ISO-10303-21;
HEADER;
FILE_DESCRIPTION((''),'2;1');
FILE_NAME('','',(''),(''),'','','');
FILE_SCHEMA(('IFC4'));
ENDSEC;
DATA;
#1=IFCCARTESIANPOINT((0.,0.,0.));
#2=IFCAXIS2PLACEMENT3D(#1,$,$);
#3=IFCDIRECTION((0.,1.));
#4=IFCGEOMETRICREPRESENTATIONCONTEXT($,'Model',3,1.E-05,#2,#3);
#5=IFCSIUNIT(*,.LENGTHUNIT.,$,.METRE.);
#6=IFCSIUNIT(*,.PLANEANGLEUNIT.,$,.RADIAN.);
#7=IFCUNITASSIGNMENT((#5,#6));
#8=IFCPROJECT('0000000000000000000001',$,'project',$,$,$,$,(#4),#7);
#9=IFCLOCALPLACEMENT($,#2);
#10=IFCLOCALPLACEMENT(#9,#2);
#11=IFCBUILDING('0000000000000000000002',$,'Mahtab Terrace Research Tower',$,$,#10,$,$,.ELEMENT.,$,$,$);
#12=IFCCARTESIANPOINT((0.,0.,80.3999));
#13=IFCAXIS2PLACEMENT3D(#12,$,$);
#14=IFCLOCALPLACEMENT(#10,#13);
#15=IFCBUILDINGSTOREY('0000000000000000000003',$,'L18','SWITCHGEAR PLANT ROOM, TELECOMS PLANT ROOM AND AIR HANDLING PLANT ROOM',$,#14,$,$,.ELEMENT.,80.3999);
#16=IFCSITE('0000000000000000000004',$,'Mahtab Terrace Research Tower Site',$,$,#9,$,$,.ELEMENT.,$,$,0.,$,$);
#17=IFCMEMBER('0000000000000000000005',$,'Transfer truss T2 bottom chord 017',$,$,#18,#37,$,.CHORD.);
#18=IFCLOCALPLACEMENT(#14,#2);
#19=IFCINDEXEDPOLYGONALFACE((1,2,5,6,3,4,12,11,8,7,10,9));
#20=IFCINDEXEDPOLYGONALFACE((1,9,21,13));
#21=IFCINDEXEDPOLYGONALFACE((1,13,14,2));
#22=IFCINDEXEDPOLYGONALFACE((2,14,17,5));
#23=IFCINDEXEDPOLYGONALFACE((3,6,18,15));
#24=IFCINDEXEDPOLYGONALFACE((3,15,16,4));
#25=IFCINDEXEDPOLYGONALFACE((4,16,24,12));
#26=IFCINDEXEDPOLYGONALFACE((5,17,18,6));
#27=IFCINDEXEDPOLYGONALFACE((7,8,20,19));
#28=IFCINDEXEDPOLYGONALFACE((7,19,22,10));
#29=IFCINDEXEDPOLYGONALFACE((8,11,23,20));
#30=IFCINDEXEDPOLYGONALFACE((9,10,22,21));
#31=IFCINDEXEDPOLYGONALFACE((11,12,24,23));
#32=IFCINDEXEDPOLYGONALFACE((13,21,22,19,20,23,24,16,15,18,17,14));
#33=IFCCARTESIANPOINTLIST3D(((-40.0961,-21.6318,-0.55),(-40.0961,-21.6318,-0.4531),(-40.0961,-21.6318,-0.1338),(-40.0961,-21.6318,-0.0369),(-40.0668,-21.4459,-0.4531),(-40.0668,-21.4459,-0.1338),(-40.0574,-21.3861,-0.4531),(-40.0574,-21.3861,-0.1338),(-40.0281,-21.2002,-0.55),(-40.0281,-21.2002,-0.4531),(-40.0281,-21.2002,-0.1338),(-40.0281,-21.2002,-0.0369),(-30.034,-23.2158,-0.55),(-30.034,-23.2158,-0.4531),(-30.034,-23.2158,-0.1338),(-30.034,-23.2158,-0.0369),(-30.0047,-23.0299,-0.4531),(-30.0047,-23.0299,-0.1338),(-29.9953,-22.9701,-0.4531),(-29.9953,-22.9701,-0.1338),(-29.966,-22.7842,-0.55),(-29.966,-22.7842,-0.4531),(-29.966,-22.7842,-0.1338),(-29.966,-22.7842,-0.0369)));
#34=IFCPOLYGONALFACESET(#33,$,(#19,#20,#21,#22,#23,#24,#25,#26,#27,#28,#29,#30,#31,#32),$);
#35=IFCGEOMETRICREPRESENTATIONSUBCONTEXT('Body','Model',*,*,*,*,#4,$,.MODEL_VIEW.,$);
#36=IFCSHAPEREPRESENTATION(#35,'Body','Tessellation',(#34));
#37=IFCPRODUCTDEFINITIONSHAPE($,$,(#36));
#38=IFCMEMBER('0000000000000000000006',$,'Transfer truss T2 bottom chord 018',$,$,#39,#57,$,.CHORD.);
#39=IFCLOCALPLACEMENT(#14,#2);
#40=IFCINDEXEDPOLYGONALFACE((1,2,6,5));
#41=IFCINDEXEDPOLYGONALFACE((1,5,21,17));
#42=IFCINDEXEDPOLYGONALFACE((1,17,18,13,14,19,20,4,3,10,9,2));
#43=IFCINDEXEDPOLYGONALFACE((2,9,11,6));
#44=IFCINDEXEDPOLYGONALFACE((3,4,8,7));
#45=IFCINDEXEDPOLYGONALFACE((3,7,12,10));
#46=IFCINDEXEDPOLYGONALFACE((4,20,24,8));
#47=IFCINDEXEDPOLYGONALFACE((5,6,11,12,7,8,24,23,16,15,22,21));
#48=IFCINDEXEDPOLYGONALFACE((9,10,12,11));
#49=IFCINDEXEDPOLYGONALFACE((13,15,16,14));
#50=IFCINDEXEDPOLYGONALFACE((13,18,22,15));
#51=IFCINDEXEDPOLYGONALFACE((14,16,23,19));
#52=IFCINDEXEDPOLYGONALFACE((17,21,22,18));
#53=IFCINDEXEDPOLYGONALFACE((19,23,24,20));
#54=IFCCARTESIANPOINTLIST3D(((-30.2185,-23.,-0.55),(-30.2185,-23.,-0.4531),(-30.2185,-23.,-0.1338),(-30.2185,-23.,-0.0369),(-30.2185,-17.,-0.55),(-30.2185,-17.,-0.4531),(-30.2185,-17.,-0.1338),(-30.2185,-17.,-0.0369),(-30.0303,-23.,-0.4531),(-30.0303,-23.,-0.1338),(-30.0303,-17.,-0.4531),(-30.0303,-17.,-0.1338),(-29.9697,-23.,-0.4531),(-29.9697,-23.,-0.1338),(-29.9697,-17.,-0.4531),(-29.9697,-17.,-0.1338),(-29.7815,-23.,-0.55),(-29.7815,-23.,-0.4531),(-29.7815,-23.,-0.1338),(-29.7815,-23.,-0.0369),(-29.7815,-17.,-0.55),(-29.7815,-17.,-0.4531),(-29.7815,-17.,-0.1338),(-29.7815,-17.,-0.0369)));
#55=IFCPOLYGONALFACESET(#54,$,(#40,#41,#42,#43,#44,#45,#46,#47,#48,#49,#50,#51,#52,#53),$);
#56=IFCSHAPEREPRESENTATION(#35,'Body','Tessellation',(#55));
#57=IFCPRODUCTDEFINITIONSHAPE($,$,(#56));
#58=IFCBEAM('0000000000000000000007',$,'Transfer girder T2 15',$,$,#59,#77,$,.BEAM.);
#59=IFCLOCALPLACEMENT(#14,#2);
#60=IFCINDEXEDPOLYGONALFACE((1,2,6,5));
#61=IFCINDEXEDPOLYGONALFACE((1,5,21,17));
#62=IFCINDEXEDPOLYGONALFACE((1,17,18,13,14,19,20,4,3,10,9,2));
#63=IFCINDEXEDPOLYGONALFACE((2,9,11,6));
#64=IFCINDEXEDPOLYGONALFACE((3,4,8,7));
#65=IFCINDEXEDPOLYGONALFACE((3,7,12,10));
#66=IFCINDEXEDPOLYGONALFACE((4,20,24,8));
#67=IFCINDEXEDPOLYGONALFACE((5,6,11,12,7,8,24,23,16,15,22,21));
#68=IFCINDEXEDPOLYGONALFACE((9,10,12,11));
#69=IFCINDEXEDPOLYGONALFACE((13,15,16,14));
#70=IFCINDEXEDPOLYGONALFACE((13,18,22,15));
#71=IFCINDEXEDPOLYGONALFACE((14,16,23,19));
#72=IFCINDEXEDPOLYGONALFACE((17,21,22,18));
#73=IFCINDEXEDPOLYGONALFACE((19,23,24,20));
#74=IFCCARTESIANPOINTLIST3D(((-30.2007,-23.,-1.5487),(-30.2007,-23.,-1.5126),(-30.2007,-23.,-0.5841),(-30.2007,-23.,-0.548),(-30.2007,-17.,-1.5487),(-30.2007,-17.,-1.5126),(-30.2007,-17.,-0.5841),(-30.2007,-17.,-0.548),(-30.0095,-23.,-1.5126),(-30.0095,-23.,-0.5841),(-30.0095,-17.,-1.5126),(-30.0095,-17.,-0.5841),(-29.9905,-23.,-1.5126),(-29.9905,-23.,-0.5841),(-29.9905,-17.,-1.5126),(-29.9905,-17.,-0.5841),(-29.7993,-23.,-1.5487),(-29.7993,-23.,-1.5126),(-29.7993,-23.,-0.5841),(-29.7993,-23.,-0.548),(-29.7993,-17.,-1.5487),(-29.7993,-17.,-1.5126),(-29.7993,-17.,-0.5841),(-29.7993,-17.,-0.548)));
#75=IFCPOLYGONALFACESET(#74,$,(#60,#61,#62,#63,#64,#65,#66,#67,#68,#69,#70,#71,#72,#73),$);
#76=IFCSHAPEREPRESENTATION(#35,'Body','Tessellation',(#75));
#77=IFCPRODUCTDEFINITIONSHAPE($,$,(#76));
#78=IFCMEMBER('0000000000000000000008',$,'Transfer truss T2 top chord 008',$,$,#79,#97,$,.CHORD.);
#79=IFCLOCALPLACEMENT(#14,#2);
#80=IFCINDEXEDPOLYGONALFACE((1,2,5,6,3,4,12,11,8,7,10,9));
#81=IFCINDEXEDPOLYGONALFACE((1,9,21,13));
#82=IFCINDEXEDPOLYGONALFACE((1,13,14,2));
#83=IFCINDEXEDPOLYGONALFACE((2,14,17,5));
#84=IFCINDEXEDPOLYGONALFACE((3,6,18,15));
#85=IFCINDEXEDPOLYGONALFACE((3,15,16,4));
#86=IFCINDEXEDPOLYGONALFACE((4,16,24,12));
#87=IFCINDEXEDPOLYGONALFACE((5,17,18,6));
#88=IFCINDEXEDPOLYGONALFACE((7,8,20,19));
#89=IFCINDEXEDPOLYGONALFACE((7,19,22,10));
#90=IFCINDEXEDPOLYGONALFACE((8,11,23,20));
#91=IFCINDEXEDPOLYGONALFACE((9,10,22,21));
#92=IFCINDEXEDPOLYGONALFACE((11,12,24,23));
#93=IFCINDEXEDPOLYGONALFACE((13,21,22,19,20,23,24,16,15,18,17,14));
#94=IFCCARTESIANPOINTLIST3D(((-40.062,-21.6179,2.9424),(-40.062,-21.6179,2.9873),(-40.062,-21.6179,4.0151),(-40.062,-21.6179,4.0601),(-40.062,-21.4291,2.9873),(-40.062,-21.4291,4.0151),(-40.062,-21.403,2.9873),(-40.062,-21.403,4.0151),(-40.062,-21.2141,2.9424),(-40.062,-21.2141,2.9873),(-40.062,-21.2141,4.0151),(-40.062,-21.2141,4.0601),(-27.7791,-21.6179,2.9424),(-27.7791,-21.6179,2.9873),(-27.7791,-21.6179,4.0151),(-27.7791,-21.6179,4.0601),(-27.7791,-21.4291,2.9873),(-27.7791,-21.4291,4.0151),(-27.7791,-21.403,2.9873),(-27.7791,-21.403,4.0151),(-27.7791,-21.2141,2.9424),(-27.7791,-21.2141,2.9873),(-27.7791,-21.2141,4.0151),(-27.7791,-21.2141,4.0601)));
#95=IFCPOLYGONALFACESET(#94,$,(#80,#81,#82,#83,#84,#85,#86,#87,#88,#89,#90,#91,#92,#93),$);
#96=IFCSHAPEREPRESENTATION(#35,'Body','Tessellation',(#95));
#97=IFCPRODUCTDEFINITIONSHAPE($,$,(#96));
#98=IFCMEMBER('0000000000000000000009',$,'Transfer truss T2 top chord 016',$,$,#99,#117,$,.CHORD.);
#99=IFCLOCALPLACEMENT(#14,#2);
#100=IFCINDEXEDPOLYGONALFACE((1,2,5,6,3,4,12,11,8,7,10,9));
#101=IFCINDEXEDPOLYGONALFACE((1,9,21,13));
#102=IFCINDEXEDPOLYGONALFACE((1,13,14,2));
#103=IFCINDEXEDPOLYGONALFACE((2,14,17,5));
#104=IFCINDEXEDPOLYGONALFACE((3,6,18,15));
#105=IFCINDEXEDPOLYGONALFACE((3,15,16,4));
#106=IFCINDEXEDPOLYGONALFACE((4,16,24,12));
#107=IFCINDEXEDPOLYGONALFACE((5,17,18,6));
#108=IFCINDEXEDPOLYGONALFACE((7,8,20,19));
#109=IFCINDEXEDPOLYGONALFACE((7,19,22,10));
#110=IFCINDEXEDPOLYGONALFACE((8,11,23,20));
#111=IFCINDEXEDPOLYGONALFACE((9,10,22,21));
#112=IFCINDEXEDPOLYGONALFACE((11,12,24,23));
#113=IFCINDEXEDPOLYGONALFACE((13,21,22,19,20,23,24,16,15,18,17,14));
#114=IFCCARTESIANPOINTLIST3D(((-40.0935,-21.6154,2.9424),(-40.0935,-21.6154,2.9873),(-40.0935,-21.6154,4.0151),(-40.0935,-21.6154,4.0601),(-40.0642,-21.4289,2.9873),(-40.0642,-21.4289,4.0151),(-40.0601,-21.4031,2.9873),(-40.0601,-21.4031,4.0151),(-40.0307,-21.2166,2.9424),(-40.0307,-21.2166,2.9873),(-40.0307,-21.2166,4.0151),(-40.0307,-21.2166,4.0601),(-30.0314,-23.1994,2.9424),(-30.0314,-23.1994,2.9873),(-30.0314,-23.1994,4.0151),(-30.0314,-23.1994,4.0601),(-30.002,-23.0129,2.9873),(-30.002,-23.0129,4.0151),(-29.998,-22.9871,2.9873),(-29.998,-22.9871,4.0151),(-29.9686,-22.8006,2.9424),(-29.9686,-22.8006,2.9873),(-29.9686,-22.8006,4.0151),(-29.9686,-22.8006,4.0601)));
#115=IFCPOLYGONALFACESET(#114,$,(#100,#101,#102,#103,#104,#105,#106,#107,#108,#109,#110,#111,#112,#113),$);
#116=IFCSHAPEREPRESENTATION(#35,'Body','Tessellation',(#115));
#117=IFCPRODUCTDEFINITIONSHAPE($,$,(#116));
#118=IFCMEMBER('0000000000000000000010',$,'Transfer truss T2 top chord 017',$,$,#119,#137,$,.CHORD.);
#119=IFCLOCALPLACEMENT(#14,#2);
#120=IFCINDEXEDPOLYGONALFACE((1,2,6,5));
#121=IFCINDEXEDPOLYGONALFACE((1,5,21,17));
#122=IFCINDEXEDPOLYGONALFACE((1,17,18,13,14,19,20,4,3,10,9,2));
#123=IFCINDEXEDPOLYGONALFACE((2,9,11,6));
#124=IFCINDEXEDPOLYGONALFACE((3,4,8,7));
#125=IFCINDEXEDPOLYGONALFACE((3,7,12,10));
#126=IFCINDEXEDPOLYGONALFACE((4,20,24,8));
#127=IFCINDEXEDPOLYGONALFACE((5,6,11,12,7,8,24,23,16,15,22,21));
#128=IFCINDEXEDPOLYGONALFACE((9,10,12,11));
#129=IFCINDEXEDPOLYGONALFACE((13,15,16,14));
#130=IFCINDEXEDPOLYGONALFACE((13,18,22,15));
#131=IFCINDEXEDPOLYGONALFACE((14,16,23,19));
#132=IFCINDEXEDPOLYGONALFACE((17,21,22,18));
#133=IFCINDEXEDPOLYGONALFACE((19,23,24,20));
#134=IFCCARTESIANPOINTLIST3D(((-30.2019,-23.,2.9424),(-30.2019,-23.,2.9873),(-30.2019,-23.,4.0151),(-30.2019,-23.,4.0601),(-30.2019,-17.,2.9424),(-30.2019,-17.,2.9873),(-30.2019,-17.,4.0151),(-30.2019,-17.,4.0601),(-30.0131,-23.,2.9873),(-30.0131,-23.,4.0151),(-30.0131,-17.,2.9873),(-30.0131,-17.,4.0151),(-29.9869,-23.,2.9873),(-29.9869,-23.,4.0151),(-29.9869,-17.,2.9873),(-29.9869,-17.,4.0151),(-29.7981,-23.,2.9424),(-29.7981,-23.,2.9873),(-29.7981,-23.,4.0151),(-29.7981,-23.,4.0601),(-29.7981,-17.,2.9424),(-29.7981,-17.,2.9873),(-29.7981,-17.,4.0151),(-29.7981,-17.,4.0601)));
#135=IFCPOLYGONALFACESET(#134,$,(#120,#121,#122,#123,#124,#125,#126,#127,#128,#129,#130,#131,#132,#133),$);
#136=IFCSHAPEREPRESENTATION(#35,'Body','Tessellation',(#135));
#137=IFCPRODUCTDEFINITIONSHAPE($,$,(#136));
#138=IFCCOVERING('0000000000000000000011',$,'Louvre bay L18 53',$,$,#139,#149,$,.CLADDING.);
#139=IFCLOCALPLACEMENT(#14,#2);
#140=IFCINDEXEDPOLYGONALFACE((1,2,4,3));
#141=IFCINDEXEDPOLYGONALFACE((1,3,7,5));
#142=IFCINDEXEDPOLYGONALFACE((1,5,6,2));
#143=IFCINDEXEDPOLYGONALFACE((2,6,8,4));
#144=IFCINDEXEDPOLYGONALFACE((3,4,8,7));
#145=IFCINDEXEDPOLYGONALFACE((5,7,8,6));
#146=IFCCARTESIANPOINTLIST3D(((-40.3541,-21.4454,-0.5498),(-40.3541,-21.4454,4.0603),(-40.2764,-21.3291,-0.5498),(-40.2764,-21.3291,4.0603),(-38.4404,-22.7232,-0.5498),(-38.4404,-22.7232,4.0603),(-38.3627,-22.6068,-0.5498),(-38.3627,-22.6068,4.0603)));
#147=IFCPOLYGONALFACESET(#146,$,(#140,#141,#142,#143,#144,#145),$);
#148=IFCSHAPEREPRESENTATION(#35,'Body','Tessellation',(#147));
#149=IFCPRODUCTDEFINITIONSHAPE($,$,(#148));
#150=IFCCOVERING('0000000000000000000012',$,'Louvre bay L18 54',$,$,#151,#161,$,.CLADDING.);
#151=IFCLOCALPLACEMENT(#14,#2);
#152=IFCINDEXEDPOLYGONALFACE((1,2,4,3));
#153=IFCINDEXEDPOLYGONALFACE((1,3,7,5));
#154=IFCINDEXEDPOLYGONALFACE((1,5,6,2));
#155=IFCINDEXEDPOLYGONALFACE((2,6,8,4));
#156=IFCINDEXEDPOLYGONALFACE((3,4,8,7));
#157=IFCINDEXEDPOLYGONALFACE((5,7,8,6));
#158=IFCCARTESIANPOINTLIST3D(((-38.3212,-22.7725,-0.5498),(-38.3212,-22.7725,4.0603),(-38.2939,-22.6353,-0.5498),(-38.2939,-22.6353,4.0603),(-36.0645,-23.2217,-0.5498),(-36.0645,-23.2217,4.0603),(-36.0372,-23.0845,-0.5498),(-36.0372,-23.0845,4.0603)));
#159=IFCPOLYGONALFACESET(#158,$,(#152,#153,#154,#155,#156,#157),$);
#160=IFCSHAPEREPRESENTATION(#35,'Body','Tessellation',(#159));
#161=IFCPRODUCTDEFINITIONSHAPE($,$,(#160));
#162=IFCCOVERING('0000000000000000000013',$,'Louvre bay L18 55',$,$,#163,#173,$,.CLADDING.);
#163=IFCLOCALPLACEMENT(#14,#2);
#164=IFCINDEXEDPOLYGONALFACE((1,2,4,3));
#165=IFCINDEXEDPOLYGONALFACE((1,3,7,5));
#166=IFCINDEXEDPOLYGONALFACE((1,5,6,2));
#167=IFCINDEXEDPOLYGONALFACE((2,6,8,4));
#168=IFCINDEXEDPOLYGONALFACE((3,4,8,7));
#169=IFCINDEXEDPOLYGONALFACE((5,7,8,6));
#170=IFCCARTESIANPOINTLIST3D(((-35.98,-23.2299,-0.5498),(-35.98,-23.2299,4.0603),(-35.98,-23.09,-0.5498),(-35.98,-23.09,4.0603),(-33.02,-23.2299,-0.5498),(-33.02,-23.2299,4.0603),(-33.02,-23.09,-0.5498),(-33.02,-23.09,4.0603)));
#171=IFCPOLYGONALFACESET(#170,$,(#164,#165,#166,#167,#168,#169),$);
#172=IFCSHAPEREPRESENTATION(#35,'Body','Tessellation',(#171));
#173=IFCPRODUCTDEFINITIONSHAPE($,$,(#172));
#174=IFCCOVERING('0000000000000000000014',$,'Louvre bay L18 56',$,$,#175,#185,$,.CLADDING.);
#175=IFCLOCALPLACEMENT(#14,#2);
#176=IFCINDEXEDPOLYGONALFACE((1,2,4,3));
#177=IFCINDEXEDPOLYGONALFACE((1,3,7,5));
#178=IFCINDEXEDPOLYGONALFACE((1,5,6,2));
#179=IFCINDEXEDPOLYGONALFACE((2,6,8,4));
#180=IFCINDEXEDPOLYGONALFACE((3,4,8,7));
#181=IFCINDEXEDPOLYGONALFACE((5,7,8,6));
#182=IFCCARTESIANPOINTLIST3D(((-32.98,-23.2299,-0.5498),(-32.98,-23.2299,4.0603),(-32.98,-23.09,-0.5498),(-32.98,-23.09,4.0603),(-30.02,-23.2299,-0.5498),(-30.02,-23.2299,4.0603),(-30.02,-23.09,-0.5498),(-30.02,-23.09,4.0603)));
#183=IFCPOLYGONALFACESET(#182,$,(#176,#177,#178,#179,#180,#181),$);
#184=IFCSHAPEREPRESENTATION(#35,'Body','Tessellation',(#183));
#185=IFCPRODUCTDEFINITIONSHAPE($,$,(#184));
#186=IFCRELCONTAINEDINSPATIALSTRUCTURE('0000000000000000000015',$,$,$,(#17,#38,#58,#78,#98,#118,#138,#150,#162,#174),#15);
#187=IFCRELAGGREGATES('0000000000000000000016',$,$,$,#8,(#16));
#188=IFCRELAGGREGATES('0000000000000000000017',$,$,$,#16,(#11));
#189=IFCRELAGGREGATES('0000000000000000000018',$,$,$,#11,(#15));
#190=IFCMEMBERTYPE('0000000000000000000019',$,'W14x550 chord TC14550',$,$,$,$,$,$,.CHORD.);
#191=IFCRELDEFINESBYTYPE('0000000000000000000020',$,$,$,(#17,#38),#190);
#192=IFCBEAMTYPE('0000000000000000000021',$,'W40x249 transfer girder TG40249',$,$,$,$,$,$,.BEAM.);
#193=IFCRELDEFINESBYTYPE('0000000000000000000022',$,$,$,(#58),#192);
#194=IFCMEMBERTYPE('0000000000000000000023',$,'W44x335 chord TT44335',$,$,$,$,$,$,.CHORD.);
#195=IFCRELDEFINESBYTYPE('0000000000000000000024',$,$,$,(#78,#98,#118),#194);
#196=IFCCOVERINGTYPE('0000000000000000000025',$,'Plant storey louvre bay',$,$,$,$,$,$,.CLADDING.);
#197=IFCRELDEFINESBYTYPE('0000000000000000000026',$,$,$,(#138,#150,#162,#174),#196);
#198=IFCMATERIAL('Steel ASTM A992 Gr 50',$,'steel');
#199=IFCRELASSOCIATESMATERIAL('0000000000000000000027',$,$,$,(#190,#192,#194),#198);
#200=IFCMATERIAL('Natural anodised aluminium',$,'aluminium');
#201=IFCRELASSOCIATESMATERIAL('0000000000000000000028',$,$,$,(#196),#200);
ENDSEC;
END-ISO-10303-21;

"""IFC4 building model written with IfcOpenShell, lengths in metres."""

from ifc_helpers import new_model, si_unit, direction, frame, origin, origin_2d, place, context, subcontext, project, spatial, rectangle, i_section, extrude, material, material_profile, profile_set, type_object, element, save


model = new_model("IFC4")

# Units and contexts
model_context = context("Model", 3, precision=1e-05, world=origin(), true_north=direction((0.0, 1.0)))
body_context = subcontext(model_context, "Body", "Model", "MODEL_VIEW")
ifc_project = project(units=[si_unit("LENGTHUNIT", "METRE"), si_unit("PLANEANGLEUNIT", "RADIAN")], contexts=[model_context])

# Site, building, storey
site_placement = place(None, origin())
site = spatial("IfcSite", under=ifc_project, at=site_placement, Name="Mahtab Terrace Research Tower Site", CompositionType="ELEMENT", RefElevation=0.0)
building_placement = place(site_placement, origin())
building = spatial("IfcBuilding", under=site, at=building_placement, Name="Mahtab Terrace Research Tower", CompositionType="ELEMENT")
storey_placement = place(building_placement, frame((0.0, 0.0, 80.3999)))
storey = spatial("IfcBuildingStorey", under=building, at=storey_placement, Name="L18", Description="SWITCHGEAR PLANT ROOM, TELECOMS PLANT ROOM AND AIR HANDLING PLANT ROOM", CompositionType="ELEMENT", Elevation=80.3999)

# Members
ifc_material_1 = material(Name="Steel ASTM A992 Gr 50", Category="steel")
ifc_material_profile_1 = material_profile(ifc_material_1, i_section(OverallWidth=0.437, OverallDepth=0.5132, WebThickness=0.0605, FlangeThickness=0.0969, at=origin_2d()), Name="W14X550")
ifc_profile_set_1 = profile_set([ifc_material_profile_1], Name="Steel ASTM A992 Gr 50")
member_type_1 = type_object("IfcMemberType", Name="W14x550 chord TC14550", PredefinedType="CHORD", material=ifc_profile_set_1)
member_1_placement = place(storey_placement, frame((-30.0, -23.0, -0.2935), z_axis=(-0.987835, 0.155507, 0.0), x_axis=(-0.155507, -0.987835, 0.0)))
element("IfcMember", 1, at=member_1_placement, inside=storey, type_object=member_type_1, Name="Transfer truss T2 bottom chord 017", PredefinedType="CHORD", context=body_context, shape_type="SweptSolid", body=[
    extrude(i_section(OverallWidth=0.437, OverallDepth=0.5132, WebThickness=0.0605, FlangeThickness=0.0969, at=origin_2d()), origin(), (0.0, 0.0, 1.0), 10.186),
])
member_2_placement = place(storey_placement, frame((-30.0, -23.0, -0.2935), z_axis=(0.0, 1.0, 0.0), x_axis=(-1.0, 0.0, 0.0)))
element("IfcMember", 2, at=member_2_placement, inside=storey, type_object=member_type_1, Name="Transfer truss T2 bottom chord 018", PredefinedType="CHORD", context=body_context, shape_type="SweptSolid", body=[
    extrude(i_section(OverallWidth=0.437, OverallDepth=0.5132, WebThickness=0.0605, FlangeThickness=0.0969, at=origin_2d()), origin(), (0.0, 0.0, 1.0), 6.0),
])

# Beam
ifc_material_profile_2 = material_profile(ifc_material_1, i_section(OverallWidth=0.4014, OverallDepth=1.0007, WebThickness=0.019, FlangeThickness=0.0361, at=origin_2d()), Name="W40X249")
ifc_profile_set_2 = profile_set([ifc_material_profile_2], Name="Steel ASTM A992 Gr 50")
beam_type = type_object("IfcBeamType", Name="W40x249 transfer girder TG40249", PredefinedType="BEAM", material=ifc_profile_set_2)
beam_placement = place(storey_placement, frame((-30.0, -23.0, -1.0483), z_axis=(0.0, 1.0, 0.0), x_axis=(-1.0, 0.0, 0.0)))
element("IfcBeam", 3, at=beam_placement, inside=storey, type_object=beam_type, Name="Transfer girder T2 15", PredefinedType="BEAM", context=body_context, shape_type="SweptSolid", body=[
    extrude(i_section(OverallWidth=0.4014, OverallDepth=1.0007, WebThickness=0.019, FlangeThickness=0.0361, at=origin_2d()), origin(), (0.0, 0.0, 1.0), 6.0),
])

# Members
ifc_material_profile_3 = material_profile(ifc_material_1, i_section(OverallWidth=0.4038, OverallDepth=1.1177, WebThickness=0.0261, FlangeThickness=0.0449, at=origin_2d()), Name="W44X335")
ifc_profile_set_3 = profile_set([ifc_material_profile_3], Name="Steel ASTM A992 Gr 50")
member_type_2 = type_object("IfcMemberType", Name="W44x335 chord TT44335", PredefinedType="CHORD", material=ifc_profile_set_3)
member_3_placement = place(storey_placement, frame((-40.062, -21.416, 3.5012), z_axis=(1.0, 0.0, 0.0), x_axis=(0.0, 1.0, 0.0)))
element("IfcMember", 4, at=member_3_placement, inside=storey, type_object=member_type_2, Name="Transfer truss T2 top chord 008", PredefinedType="CHORD", context=body_context, shape_type="SweptSolid", body=[
    extrude(i_section(OverallWidth=0.4038, OverallDepth=1.1177, WebThickness=0.0261, FlangeThickness=0.0449, at=origin_2d()), origin(), (0.0, 0.0, 1.0), 12.283),
])
member_4_placement = place(storey_placement, frame((-30.0, -23.0, 3.5012), z_axis=(-0.987835, 0.155507, 0.0), x_axis=(-0.155507, -0.987835, 0.0)))
element("IfcMember", 5, at=member_4_placement, inside=storey, type_object=member_type_2, Name="Transfer truss T2 top chord 016", PredefinedType="CHORD", context=body_context, shape_type="SweptSolid", body=[
    extrude(i_section(OverallWidth=0.4038, OverallDepth=1.1177, WebThickness=0.0261, FlangeThickness=0.0449, at=origin_2d()), origin(), (0.0, 0.0, 1.0), 10.186),
])
member_5_placement = place(storey_placement, frame((-30.0, -23.0, 3.5012), z_axis=(0.0, 1.0, 0.0), x_axis=(-1.0, 0.0, 0.0)))
element("IfcMember", 6, at=member_5_placement, inside=storey, type_object=member_type_2, Name="Transfer truss T2 top chord 017", PredefinedType="CHORD", context=body_context, shape_type="SweptSolid", body=[
    extrude(i_section(OverallWidth=0.4038, OverallDepth=1.1177, WebThickness=0.0261, FlangeThickness=0.0449, at=origin_2d()), origin(), (0.0, 0.0, 1.0), 6.0),
])

# Coverings
ifc_material_2 = material(Name="Natural anodised aluminium", Category="aluminium")
covering_type = type_object("IfcCoveringType", Name="Plant storey louvre bay", PredefinedType="CLADDING", material=ifc_material_2)
for number, where, z_axis, x_axis, name in (
    (7, (-39.3584, -22.0261, -0.5498), (0.0, 0.0, 1.0), (0.831656, -0.555291, 0.0), "Louvre bay L18 53"),
    (8, (-37.1792, -22.9285, -0.5498), (0.0, 0.0, 1.0), (0.980761, -0.195212, 0.0), "Louvre bay L18 54"),
):
    element("IfcCovering", number, at=place(storey_placement, frame(where, z_axis=z_axis, x_axis=x_axis)), inside=storey, type_object=covering_type, Name=name, PredefinedType="CLADDING", context=body_context, shape_type="SweptSolid", body=[
        extrude(rectangle(XDim=2.301, YDim=0.1399, at=origin_2d()), origin(), (0.0, 0.0, 1.0), 4.6101),
    ])
for number, where, z_axis, x_axis, name in (
    (9, (-34.5, -23.1599, -0.5498), (0.0, 0.0, 1.0), (1.0, 0.0, 0.0), "Louvre bay L18 55"),
    (10, (-31.5, -23.1599, -0.5498), (0.0, 0.0, 1.0), (1.0, 0.0, 0.0), "Louvre bay L18 56"),
):
    element("IfcCovering", number, at=place(storey_placement, frame(where, z_axis=z_axis, x_axis=x_axis)), inside=storey, type_object=covering_type, Name=name, PredefinedType="CLADDING", context=body_context, shape_type="SweptSolid", body=[
        extrude(rectangle(XDim=2.96, YDim=0.1399, at=origin_2d()), origin(), (0.0, 0.0, 1.0), 4.6101),
    ])

save(model, "model.ifc")
